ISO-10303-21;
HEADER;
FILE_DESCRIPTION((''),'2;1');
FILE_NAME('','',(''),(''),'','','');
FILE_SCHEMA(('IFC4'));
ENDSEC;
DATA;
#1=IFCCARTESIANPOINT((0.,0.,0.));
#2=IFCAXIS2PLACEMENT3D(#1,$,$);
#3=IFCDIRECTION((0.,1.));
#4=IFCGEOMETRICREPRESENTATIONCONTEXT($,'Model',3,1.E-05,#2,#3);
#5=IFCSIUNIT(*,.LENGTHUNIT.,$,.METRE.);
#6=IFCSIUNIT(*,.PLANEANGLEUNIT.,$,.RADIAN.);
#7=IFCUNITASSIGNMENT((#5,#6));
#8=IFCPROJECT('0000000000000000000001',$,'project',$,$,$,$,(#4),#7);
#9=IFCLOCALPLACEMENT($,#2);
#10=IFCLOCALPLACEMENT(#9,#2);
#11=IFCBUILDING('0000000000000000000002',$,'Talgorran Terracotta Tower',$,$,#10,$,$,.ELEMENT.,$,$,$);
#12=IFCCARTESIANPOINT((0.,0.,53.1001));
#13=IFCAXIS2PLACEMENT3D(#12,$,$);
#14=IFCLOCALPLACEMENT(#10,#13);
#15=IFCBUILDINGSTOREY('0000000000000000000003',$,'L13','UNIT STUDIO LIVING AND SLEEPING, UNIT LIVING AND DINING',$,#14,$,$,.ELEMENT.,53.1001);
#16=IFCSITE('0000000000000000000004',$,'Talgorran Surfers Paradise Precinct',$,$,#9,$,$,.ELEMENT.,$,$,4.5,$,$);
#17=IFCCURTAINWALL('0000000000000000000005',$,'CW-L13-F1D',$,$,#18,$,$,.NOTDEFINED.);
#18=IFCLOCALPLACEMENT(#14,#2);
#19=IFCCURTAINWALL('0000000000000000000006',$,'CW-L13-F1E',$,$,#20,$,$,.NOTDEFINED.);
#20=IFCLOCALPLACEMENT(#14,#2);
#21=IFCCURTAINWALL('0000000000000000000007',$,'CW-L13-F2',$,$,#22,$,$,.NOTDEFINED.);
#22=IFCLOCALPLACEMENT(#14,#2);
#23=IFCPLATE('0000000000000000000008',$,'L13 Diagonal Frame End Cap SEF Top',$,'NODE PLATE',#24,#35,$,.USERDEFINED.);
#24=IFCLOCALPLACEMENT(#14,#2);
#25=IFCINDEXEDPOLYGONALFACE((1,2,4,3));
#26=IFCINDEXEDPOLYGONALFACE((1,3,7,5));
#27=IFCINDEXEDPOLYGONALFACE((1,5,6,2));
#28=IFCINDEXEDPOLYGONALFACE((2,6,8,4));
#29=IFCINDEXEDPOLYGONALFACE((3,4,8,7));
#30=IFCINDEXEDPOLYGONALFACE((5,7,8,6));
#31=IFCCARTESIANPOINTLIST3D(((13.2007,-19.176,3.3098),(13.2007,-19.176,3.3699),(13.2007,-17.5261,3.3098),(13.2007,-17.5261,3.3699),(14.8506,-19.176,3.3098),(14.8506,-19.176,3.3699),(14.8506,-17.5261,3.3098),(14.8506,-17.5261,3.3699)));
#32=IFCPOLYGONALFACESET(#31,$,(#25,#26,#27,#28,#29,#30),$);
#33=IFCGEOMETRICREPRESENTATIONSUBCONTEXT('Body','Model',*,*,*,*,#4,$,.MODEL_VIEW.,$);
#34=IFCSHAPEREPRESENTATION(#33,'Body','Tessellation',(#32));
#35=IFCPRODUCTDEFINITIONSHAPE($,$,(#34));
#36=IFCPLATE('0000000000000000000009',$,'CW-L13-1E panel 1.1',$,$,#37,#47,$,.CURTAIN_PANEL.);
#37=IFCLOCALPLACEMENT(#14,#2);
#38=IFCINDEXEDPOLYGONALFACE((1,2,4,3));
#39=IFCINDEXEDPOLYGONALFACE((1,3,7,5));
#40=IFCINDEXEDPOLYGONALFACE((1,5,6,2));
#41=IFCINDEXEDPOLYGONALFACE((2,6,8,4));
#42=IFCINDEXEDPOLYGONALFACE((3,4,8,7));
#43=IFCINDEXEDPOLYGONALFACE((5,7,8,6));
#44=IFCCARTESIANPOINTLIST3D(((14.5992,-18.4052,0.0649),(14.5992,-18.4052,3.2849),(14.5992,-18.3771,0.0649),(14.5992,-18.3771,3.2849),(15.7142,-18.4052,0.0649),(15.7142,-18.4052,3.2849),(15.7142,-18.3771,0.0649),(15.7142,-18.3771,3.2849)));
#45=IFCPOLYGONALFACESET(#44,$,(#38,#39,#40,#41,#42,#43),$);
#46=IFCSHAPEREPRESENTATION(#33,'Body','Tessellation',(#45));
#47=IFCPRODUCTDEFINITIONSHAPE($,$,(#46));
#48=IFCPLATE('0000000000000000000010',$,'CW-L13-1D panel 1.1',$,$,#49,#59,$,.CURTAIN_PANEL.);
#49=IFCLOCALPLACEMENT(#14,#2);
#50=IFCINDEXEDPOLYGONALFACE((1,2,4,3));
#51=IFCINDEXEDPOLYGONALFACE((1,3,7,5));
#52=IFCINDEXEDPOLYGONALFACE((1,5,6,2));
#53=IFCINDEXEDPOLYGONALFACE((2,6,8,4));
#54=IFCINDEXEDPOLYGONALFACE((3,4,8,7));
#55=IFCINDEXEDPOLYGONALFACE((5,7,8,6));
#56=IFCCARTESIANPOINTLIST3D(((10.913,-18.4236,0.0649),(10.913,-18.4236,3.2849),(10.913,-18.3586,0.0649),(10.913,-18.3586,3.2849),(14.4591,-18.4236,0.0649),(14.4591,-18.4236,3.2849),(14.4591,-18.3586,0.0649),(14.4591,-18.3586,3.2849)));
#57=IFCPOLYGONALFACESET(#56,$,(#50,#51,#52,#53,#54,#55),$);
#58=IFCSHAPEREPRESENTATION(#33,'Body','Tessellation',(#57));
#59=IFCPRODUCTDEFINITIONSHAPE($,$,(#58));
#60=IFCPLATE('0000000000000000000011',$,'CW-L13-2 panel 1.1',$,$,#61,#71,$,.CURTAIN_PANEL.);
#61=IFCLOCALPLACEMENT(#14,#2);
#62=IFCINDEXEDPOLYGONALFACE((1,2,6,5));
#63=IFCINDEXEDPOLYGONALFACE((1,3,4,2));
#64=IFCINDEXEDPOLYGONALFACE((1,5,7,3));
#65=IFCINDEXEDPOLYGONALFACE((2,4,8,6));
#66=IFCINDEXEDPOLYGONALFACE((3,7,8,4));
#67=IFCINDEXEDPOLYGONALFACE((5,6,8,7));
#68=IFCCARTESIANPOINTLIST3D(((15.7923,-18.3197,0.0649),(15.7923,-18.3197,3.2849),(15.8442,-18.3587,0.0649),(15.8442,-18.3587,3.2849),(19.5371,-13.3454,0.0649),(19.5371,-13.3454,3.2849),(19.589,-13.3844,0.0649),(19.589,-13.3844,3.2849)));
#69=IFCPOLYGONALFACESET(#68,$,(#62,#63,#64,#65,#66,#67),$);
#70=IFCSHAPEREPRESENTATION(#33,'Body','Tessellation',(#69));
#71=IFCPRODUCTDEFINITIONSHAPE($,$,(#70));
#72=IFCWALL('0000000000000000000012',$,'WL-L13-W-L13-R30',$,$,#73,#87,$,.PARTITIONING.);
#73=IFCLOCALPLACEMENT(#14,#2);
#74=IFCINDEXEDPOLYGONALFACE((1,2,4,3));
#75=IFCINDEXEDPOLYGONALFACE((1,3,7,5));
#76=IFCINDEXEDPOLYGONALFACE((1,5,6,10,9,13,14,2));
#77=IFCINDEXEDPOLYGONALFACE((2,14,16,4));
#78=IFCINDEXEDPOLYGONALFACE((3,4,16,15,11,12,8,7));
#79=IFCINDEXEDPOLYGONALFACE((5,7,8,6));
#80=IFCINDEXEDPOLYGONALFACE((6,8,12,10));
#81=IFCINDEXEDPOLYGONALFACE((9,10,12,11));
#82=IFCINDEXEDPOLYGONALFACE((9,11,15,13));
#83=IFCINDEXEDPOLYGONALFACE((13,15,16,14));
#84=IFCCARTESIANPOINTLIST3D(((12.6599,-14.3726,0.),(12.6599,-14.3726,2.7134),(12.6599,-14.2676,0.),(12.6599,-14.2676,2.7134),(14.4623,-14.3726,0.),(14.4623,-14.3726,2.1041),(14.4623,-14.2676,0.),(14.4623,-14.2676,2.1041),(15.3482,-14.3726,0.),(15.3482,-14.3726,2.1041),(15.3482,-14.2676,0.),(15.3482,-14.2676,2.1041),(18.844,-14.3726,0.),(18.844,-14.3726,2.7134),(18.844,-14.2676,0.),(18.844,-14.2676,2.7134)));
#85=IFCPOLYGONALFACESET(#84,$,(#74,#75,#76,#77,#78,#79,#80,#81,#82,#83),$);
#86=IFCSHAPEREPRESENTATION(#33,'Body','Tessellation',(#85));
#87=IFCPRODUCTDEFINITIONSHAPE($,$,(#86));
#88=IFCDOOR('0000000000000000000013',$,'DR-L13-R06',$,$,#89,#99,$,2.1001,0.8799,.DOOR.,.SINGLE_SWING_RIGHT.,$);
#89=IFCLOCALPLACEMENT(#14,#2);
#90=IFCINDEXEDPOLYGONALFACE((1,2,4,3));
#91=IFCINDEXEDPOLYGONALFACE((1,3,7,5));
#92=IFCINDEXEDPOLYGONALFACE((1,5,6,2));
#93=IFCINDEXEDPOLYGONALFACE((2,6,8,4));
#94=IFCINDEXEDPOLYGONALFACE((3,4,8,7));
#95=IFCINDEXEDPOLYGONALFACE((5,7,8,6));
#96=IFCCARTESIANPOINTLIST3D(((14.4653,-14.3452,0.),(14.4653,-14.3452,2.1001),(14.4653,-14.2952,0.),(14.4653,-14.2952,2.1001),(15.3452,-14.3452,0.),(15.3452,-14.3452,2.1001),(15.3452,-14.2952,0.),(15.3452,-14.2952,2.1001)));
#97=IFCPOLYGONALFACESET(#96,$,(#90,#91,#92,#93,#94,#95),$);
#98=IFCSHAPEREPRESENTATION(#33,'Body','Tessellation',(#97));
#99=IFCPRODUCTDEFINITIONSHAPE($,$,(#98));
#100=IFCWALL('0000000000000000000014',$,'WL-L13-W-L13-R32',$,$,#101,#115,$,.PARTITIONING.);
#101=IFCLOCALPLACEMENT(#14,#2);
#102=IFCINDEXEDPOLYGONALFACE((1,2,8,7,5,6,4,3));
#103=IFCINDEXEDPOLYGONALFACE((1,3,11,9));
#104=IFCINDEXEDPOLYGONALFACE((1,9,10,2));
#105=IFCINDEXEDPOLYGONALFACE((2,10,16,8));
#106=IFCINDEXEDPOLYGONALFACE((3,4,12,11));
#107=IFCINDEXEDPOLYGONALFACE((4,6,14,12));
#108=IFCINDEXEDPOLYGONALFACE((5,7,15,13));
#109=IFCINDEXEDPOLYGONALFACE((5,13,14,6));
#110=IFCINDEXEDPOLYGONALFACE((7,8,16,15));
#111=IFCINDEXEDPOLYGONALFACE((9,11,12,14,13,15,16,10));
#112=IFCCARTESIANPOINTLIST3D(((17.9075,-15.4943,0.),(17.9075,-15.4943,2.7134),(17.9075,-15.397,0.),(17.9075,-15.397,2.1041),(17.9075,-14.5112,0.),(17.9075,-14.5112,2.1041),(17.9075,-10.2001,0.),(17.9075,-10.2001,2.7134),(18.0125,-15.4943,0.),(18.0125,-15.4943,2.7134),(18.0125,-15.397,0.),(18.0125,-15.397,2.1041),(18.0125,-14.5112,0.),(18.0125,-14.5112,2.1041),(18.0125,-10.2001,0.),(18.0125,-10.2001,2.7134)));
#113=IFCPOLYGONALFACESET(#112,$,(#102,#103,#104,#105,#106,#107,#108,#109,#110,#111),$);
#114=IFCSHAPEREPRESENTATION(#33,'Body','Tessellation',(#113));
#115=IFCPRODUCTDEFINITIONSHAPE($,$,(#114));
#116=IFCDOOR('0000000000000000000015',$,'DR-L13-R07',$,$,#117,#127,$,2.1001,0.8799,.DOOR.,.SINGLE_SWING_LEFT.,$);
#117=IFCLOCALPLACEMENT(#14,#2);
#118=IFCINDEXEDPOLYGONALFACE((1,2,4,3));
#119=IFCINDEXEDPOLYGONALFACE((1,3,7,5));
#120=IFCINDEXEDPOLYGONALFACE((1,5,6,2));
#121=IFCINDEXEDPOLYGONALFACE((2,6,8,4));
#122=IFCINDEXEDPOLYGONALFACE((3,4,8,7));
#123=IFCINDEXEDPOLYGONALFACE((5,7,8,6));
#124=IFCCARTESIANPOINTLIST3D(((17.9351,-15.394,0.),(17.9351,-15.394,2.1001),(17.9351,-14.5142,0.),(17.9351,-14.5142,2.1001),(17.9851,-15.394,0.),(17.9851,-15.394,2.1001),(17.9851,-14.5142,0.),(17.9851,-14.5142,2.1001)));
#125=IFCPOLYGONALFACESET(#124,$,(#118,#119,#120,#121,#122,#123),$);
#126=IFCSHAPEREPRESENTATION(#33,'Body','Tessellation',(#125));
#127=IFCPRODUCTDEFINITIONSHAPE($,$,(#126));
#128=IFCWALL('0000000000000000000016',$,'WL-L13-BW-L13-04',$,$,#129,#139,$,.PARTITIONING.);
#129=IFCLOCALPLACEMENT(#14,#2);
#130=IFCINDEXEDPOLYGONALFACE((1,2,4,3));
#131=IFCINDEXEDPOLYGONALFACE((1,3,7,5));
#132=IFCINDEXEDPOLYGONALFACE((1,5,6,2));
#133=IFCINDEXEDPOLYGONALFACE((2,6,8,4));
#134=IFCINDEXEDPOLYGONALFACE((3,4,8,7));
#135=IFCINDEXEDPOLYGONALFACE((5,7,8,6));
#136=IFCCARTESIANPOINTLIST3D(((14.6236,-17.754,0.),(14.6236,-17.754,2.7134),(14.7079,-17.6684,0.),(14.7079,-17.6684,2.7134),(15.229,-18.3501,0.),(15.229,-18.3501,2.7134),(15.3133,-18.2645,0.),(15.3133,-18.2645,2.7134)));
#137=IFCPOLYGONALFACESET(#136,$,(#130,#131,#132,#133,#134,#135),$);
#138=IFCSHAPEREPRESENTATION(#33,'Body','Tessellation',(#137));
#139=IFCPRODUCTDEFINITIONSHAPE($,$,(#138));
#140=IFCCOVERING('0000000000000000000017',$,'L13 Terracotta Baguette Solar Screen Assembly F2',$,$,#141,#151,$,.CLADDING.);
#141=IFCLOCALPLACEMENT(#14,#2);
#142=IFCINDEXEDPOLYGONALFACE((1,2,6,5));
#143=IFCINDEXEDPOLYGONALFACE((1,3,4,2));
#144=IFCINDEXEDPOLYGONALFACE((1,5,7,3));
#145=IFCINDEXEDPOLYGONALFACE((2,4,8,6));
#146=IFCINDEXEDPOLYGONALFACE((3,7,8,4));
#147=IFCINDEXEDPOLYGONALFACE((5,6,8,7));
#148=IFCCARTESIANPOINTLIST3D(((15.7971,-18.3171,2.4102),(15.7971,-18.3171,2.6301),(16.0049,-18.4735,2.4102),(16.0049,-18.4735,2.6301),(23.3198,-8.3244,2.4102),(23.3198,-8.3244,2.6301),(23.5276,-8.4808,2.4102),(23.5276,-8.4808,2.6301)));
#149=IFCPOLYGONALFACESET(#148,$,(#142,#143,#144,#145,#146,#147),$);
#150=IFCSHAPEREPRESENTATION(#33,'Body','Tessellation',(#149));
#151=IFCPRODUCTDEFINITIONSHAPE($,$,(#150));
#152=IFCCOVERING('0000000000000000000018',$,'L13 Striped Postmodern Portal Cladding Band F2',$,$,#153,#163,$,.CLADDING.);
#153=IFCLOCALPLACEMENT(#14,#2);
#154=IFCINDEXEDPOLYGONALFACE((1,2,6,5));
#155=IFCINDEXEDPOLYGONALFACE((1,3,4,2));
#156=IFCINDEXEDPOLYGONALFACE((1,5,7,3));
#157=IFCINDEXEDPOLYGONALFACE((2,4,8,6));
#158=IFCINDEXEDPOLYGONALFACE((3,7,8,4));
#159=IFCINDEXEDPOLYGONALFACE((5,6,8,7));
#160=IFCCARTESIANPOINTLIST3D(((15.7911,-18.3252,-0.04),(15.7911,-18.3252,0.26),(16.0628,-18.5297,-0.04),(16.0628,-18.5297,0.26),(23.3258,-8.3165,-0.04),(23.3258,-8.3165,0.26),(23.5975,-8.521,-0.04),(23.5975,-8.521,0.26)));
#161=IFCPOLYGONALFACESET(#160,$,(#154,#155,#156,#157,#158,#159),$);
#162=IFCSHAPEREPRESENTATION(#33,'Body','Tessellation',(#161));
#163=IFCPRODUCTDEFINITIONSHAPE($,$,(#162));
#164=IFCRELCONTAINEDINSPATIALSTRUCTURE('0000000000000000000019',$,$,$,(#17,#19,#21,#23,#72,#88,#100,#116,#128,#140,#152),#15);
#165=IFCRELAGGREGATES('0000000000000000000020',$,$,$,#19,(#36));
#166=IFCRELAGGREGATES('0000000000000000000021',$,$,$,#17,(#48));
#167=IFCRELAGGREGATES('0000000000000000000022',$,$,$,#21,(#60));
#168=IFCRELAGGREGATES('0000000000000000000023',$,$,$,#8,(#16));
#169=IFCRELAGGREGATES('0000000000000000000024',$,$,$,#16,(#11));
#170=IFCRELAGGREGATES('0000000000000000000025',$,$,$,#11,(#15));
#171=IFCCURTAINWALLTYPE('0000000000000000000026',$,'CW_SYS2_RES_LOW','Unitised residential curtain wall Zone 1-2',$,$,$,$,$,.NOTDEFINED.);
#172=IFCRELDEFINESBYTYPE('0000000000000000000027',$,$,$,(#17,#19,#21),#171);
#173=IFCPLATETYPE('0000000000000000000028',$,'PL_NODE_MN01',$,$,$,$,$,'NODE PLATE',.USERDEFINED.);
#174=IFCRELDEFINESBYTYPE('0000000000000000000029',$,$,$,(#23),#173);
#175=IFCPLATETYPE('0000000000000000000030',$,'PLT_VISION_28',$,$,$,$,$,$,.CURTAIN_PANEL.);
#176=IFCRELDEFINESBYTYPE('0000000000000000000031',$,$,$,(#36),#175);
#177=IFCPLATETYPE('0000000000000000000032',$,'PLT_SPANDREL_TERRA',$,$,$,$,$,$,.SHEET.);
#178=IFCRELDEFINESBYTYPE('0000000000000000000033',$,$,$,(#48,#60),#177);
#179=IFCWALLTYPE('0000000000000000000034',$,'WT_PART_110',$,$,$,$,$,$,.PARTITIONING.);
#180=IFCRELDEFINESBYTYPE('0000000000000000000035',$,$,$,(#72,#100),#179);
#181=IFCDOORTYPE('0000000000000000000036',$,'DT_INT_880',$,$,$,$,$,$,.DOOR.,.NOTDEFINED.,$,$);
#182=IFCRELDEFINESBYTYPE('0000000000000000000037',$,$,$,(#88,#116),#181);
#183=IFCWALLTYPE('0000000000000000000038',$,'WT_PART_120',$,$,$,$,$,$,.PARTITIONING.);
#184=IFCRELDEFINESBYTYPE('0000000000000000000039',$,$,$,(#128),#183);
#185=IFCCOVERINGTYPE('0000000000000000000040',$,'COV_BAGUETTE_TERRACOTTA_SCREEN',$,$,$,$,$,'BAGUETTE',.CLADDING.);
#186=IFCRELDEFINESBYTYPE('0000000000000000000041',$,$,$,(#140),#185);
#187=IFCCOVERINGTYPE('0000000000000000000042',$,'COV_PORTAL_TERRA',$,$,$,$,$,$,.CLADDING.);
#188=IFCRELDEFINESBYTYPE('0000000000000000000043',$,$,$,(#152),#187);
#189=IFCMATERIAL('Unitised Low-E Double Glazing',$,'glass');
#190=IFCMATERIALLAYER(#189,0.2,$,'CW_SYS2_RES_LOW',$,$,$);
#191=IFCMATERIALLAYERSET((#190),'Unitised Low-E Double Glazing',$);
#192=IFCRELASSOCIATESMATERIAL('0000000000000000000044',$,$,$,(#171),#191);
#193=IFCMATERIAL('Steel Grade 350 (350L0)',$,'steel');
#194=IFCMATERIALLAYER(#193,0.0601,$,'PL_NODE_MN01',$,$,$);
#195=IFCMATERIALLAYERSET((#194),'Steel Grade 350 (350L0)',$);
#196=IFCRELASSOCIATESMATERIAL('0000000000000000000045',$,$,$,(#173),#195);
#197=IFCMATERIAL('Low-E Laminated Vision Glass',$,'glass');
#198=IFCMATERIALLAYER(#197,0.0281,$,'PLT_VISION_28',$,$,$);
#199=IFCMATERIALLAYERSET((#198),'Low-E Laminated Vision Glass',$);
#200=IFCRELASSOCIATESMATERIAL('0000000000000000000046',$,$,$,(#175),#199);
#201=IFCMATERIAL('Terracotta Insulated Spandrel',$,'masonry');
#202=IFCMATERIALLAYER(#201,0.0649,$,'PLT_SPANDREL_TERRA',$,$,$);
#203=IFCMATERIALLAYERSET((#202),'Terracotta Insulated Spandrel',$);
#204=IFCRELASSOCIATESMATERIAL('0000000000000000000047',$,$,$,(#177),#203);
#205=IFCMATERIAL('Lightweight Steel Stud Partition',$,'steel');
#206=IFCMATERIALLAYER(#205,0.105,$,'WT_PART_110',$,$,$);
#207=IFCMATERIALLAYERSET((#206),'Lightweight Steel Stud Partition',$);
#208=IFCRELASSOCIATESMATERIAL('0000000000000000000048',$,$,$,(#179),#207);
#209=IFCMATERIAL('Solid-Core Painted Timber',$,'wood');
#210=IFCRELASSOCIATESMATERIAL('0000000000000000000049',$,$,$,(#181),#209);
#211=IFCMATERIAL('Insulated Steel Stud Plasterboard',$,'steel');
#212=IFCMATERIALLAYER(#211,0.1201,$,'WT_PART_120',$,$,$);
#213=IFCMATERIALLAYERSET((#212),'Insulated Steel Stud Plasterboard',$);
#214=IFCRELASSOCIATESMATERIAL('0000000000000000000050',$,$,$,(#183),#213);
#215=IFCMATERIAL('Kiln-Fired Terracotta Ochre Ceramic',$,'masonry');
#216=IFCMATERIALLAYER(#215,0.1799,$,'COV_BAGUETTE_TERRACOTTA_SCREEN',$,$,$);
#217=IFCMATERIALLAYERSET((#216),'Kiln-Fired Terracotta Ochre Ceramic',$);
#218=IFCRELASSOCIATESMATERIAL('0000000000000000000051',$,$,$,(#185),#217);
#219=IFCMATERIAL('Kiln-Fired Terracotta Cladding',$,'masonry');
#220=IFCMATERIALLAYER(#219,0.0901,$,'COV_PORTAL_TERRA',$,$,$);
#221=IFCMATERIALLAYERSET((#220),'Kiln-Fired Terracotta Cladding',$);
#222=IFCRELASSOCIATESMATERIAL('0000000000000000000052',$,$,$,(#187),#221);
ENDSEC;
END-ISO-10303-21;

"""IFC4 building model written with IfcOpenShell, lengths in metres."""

from ifc_helpers import new_model, si_unit, direction, frame, frame_2d, origin, origin_2d, place, context, subcontext, project, spatial, rectangle, extrude, source, transform, mapped, material, layer, layer_set, type_object, type_shapes, element, fill, aggregate, save


model = new_model("IFC4")

# Units and contexts
model_context = context("Model", 3, precision=1e-05, world=origin(), true_north=direction((0.0, 1.0)))
body_context = subcontext(model_context, "Body", "Model", "MODEL_VIEW")
ifc_project = project(units=[si_unit("LENGTHUNIT", "METRE"), si_unit("PLANEANGLEUNIT", "RADIAN")], contexts=[model_context])

# Site, building, storey
site_placement = place(None, origin())
site = spatial("IfcSite", under=ifc_project, at=site_placement, Name="Talgorran Surfers Paradise Precinct", CompositionType="ELEMENT", RefElevation=4.5)
building_placement = place(site_placement, origin())
building = spatial("IfcBuilding", under=site, at=building_placement, Name="Talgorran Terracotta Tower", CompositionType="ELEMENT")
storey_placement = place(building_placement, frame((0.0, 0.0, 53.1001)))
storey = spatial("IfcBuildingStorey", under=building, at=storey_placement, Name="L13", Description="UNIT STUDIO LIVING AND SLEEPING, UNIT LIVING AND DINING", CompositionType="ELEMENT", Elevation=53.1001)

# Shared definitions
ifc_material_1 = material(Name="Steel Grade 350 (350L0)", Category="steel")

# Curtain wall
ifc_material_2 = material(Name="Unitised Low-E Double Glazing", Category="glass")
ifc_layer_1 = layer(ifc_material_2, 0.2, Name="CW_SYS2_RES_LOW")
ifc_layer_set_1 = layer_set([ifc_layer_1], Name="Unitised Low-E Double Glazing")
curtain_wall_type = type_object("IfcCurtainWallType", Name="CW_SYS2_RES_LOW", Description="Unitised residential curtain wall Zone 1-2", PredefinedType="NOTDEFINED", material=ifc_layer_set_1)
curtain_wall_1_placement = place(storey_placement, origin())
curtain_wall_1 = element("IfcCurtainWall", 1, at=curtain_wall_1_placement, inside=storey, type_object=curtain_wall_type, Name="CW-L13-F1D", PredefinedType="NOTDEFINED")

# Curtain walls
curtain_wall_2_placement = place(storey_placement, origin())
curtain_wall_2 = element("IfcCurtainWall", 2, at=curtain_wall_2_placement, inside=storey, type_object=curtain_wall_type, Name="CW-L13-F1E", PredefinedType="NOTDEFINED")
curtain_wall_3_placement = place(storey_placement, origin())
curtain_wall_3 = element("IfcCurtainWall", 3, at=curtain_wall_3_placement, inside=storey, type_object=curtain_wall_type, Name="CW-L13-F2", PredefinedType="NOTDEFINED")

# Plates
ifc_layer_2 = layer(ifc_material_1, 0.0601, Name="PL_NODE_MN01")
ifc_layer_set_2 = layer_set([ifc_layer_2], Name="Steel Grade 350 (350L0)")
plate_type_1 = type_object("IfcPlateType", Name="PL_NODE_MN01", ElementType="NODE PLATE", PredefinedType="USERDEFINED", material=ifc_layer_set_2)
plate_1_placement = place(storey_placement, frame((14.0256, -18.3511, 3.3098), z_axis=(0.0, 0.0, 1.0), x_axis=(1.0, 0.0, 0.0)))
element("IfcPlate", 4, at=plate_1_placement, inside=storey, type_object=plate_type_1, Name="L13 Diagonal Frame End Cap SEF Top", ObjectType="NODE PLATE", PredefinedType="USERDEFINED", context=body_context, shape_type="SweptSolid", body=[
    extrude(rectangle(XDim=1.6499, YDim=1.6499, at=origin_2d()), origin(), (0.0, 0.0, 1.0), 0.0601),
])
ifc_material_3 = material(Name="Low-E Laminated Vision Glass", Category="glass")
ifc_layer_3 = layer(ifc_material_3, 0.0281, Name="PLT_VISION_28")
ifc_layer_set_3 = layer_set([ifc_layer_3], Name="Low-E Laminated Vision Glass")
plate_type_2 = type_object("IfcPlateType", Name="PLT_VISION_28", PredefinedType="CURTAIN_PANEL", material=ifc_layer_set_3)
shared_shape_1 = source(origin(), body_context, "Body", "SweptSolid", [
    extrude(rectangle(XDim=1.115, YDim=0.0281, at=origin_2d()), origin(), (0.0, 0.0, 1.0), 3.22),
])
type_shapes(plate_type_2, [shared_shape_1])
plate_2_placement = place(storey_placement, frame((15.1567, -18.3911, 0.0649), z_axis=(0.0, 0.0, 1.0), x_axis=(1.0, 0.0, 0.0)))
plate_2 = element("IfcPlate", 5, at=plate_2_placement, type_object=plate_type_2, Name="CW-L13-1E panel 1.1", PredefinedType="CURTAIN_PANEL", context=body_context, shape_type="MappedRepresentation", body=[
    mapped(shared_shape_1, transform((0.0, 0.0, 0.0), scale=1.0)),
])
aggregate(curtain_wall_2, [plate_2])
ifc_material_4 = material(Name="Terracotta Insulated Spandrel", Category="masonry")
ifc_layer_4 = layer(ifc_material_4, 0.0649, Name="PLT_SPANDREL_TERRA")
ifc_layer_set_4 = layer_set([ifc_layer_4], Name="Terracotta Insulated Spandrel")
plate_type_3 = type_object("IfcPlateType", Name="PLT_SPANDREL_TERRA", PredefinedType="SHEET", material=ifc_layer_set_4)
shared_shape_2 = source(origin(), body_context, "Body", "SweptSolid", [
    extrude(rectangle(XDim=3.5461, YDim=0.0649, at=origin_2d()), origin(), (0.0, 0.0, 1.0), 3.22),
])
plate_3_placement = place(storey_placement, frame((12.686, -18.3911, 0.0649), z_axis=(0.0, 0.0, 1.0), x_axis=(1.0, 0.0, 0.0)))
plate_3 = element("IfcPlate", 6, at=plate_3_placement, type_object=plate_type_3, Name="CW-L13-1D panel 1.1", PredefinedType="CURTAIN_PANEL", context=body_context, shape_type="MappedRepresentation", body=[
    mapped(shared_shape_2, transform((0.0, 0.0, 0.0), scale=1.0)),
])
aggregate(curtain_wall_1, [plate_3])
shared_shape_3 = source(origin(), body_context, "Body", "SweptSolid", [
    extrude(rectangle(XDim=6.2263, YDim=0.0649, at=origin_2d()), origin(), (0.0, 0.0, 1.0), 3.22),
])
type_shapes(plate_type_3, [shared_shape_2, shared_shape_3])
plate_4_placement = place(storey_placement, frame((17.6907, -15.8521, 0.0649), z_axis=(0.0, 0.0, 1.0), x_axis=(0.601442, 0.798916, 0.0)))
plate_4 = element("IfcPlate", 7, at=plate_4_placement, type_object=plate_type_3, Name="CW-L13-2 panel 1.1", PredefinedType="CURTAIN_PANEL", context=body_context, shape_type="MappedRepresentation", body=[
    mapped(shared_shape_3, transform((0.0, 0.0, 0.0), scale=1.0)),
])
aggregate(curtain_wall_3, [plate_4])

# Walls, openings, doors
ifc_material_5 = material(Name="Lightweight Steel Stud Partition", Category="steel")
ifc_layer_5 = layer(ifc_material_5, 0.105, Name="WT_PART_110")
ifc_layer_set_5 = layer_set([ifc_layer_5], Name="Lightweight Steel Stud Partition")
wall_type_1 = type_object("IfcWallType", Name="WT_PART_110", PredefinedType="PARTITIONING", material=ifc_layer_set_5)
wall_1_placement = place(storey_placement, frame((12.6599, -14.3201, 0.0), z_axis=(0.0, 0.0, 1.0), x_axis=(1.0, 0.0, 0.0)))
wall_1 = element("IfcWall", 8, at=wall_1_placement, inside=storey, type_object=wall_type_1, Name="WL-L13-W-L13-R30", PredefinedType="PARTITIONING", context=body_context, shape_type="SweptSolid", body=[
    extrude(rectangle(XDim=6.1841, YDim=0.105, at=frame_2d((3.092, 0.0))), origin(), (0.0, 0.0, 1.0), 2.7134),
])
opening_1_placement = place(wall_1_placement, frame((1.8054, 0.0, 0.0)))
opening_1 = element("IfcOpeningElement", 9, at=opening_1_placement, cuts=wall_1, PredefinedType="OPENING", context=body_context, shape_type="SweptSolid", body=[
    extrude(rectangle(XDim=0.8859, YDim=2.1041, at=frame_2d((0.4399, 1.052))), frame((0.0, 0.0625, 0.0), z_axis=(0.0, -1.0, 0.0), x_axis=(1.0, 0.0, 0.0)), (0.0, 0.0, 1.0), 0.125),
])
ifc_material_6 = material(Name="Solid-Core Painted Timber", Category="wood")
door_type = type_object("IfcDoorType", Name="DT_INT_880", OperationType="NOTDEFINED", PredefinedType="DOOR", material=ifc_material_6)
door_1_placement = place(opening_1_placement, origin())
door_1 = element("IfcDoor", 10, at=door_1_placement, inside=storey, type_object=door_type, Name="DR-L13-R06", OperationType="SINGLE_SWING_RIGHT", OverallHeight=2.1001, OverallWidth=0.8799, PredefinedType="DOOR", context=body_context, shape_type="SweptSolid", body=[
    extrude(rectangle(XDim=0.8799, YDim=2.1001, at=frame_2d((0.4399, 1.05))), frame((0.0, 0.0249, 0.0), z_axis=(0.0, -1.0, 0.0), x_axis=(1.0, 0.0, 0.0)), (0.0, 0.0, 1.0), 0.05),
])
fill(opening_1, door_1)
wall_2_placement = place(storey_placement, frame((17.96, -15.4941, 0.0), z_axis=(0.0, 0.0, 1.0), x_axis=(0.0, 1.0, 0.0)))
wall_2 = element("IfcWall", 11, at=wall_2_placement, inside=storey, type_object=wall_type_1, Name="WL-L13-W-L13-R32", PredefinedType="PARTITIONING", context=body_context, shape_type="SweptSolid", body=[
    extrude(rectangle(XDim=5.2942, YDim=0.105, at=frame_2d((2.647, 0.0))), origin(), (0.0, 0.0, 1.0), 2.7134),
])
opening_2_placement = place(wall_2_placement, frame((0.1001, 0.0, 0.0)))
opening_2 = element("IfcOpeningElement", 12, at=opening_2_placement, cuts=wall_2, PredefinedType="OPENING", context=body_context, shape_type="SweptSolid", body=[
    extrude(rectangle(XDim=0.8859, YDim=2.1041, at=frame_2d((0.4399, 1.052))), frame((0.0, 0.0625, 0.0), z_axis=(0.0, -1.0, 0.0), x_axis=(1.0, 0.0, 0.0)), (0.0, 0.0, 1.0), 0.125),
])
door_2_placement = place(opening_2_placement, origin())
door_2 = element("IfcDoor", 13, at=door_2_placement, inside=storey, type_object=door_type, Name="DR-L13-R07", OperationType="SINGLE_SWING_LEFT", OverallHeight=2.1001, OverallWidth=0.8799, PredefinedType="DOOR", context=body_context, shape_type="SweptSolid", body=[
    extrude(rectangle(XDim=0.8799, YDim=2.1001, at=frame_2d((0.4399, 1.05))), frame((0.0, 0.0249, 0.0), z_axis=(0.0, -1.0, 0.0), x_axis=(1.0, 0.0, 0.0)), (0.0, 0.0, 1.0), 0.05),
])
fill(opening_2, door_2)

# Wall
ifc_material_7 = material(Name="Insulated Steel Stud Plasterboard", Category="steel")
ifc_layer_6 = layer(ifc_material_7, 0.1201, Name="WT_PART_120")
ifc_layer_set_6 = layer_set([ifc_layer_6], Name="Insulated Steel Stud Plasterboard")
wall_type_2 = type_object("IfcWallType", Name="WT_PART_120", PredefinedType="PARTITIONING", material=ifc_layer_set_6)
wall_3_placement = place(storey_placement, frame((14.6658, -17.7112, 0.0), z_axis=(0.0, 0.0, 1.0), x_axis=(0.712545, -0.701627, 0.0)))
element("IfcWall", 14, at=wall_3_placement, inside=storey, type_object=wall_type_2, Name="WL-L13-BW-L13-04", PredefinedType="PARTITIONING", context=body_context, shape_type="SweptSolid", body=[
    extrude(rectangle(XDim=0.8496, YDim=0.1201, at=frame_2d((0.4248, 0.0))), origin(), (0.0, 0.0, 1.0), 2.7134),
])

# Coverings
ifc_material_8 = material(Name="Kiln-Fired Terracotta Ochre Ceramic", Category="masonry")
ifc_layer_7 = layer(ifc_material_8, 0.1799, Name="COV_BAGUETTE_TERRACOTTA_SCREEN")
ifc_layer_set_7 = layer_set([ifc_layer_7], Name="Kiln-Fired Terracotta Ochre Ceramic")
covering_type_1 = type_object("IfcCoveringType", Name="COV_BAGUETTE_TERRACOTTA_SCREEN", ElementType="BAGUETTE", PredefinedType="CLADDING", material=ifc_layer_set_7)
covering_1_placement = place(storey_placement, frame((19.6624, -13.3989, 2.4102), z_axis=(0.0, 0.0, 1.0), x_axis=(0.601439, 0.798919, 0.0)))
element("IfcCovering", 15, at=covering_1_placement, inside=storey, type_object=covering_type_1, Name="L13 Terracotta Baguette Solar Screen Assembly F2", PredefinedType="CLADDING", context=body_context, shape_type="SweptSolid", body=[
    extrude(rectangle(XDim=12.5078, YDim=0.26, at=origin_2d()), origin(), (0.0, 0.0, 1.0), 0.22),
])
ifc_material_9 = material(Name="Kiln-Fired Terracotta Cladding", Category="masonry")
ifc_layer_8 = layer(ifc_material_9, 0.0901, Name="COV_PORTAL_TERRA")
ifc_layer_set_8 = layer_set([ifc_layer_8], Name="Kiln-Fired Terracotta Cladding")
covering_type_2 = type_object("IfcCoveringType", Name="COV_PORTAL_TERRA", PredefinedType="CLADDING", material=ifc_layer_set_8)
covering_2_placement = place(storey_placement, frame((19.6943, -13.4231, -0.04), z_axis=(0.0, 0.0, 1.0), x_axis=(0.601439, 0.798919, 0.0)))
element("IfcCovering", 16, at=covering_2_placement, inside=storey, type_object=covering_type_2, Name="L13 Striped Postmodern Portal Cladding Band F2", PredefinedType="CLADDING", context=body_context, shape_type="SweptSolid", body=[
    extrude(rectangle(XDim=12.5278, YDim=0.3401, at=origin_2d()), origin(), (0.0, 0.0, 1.0), 0.3),
])

save(model, "model.ifc")
